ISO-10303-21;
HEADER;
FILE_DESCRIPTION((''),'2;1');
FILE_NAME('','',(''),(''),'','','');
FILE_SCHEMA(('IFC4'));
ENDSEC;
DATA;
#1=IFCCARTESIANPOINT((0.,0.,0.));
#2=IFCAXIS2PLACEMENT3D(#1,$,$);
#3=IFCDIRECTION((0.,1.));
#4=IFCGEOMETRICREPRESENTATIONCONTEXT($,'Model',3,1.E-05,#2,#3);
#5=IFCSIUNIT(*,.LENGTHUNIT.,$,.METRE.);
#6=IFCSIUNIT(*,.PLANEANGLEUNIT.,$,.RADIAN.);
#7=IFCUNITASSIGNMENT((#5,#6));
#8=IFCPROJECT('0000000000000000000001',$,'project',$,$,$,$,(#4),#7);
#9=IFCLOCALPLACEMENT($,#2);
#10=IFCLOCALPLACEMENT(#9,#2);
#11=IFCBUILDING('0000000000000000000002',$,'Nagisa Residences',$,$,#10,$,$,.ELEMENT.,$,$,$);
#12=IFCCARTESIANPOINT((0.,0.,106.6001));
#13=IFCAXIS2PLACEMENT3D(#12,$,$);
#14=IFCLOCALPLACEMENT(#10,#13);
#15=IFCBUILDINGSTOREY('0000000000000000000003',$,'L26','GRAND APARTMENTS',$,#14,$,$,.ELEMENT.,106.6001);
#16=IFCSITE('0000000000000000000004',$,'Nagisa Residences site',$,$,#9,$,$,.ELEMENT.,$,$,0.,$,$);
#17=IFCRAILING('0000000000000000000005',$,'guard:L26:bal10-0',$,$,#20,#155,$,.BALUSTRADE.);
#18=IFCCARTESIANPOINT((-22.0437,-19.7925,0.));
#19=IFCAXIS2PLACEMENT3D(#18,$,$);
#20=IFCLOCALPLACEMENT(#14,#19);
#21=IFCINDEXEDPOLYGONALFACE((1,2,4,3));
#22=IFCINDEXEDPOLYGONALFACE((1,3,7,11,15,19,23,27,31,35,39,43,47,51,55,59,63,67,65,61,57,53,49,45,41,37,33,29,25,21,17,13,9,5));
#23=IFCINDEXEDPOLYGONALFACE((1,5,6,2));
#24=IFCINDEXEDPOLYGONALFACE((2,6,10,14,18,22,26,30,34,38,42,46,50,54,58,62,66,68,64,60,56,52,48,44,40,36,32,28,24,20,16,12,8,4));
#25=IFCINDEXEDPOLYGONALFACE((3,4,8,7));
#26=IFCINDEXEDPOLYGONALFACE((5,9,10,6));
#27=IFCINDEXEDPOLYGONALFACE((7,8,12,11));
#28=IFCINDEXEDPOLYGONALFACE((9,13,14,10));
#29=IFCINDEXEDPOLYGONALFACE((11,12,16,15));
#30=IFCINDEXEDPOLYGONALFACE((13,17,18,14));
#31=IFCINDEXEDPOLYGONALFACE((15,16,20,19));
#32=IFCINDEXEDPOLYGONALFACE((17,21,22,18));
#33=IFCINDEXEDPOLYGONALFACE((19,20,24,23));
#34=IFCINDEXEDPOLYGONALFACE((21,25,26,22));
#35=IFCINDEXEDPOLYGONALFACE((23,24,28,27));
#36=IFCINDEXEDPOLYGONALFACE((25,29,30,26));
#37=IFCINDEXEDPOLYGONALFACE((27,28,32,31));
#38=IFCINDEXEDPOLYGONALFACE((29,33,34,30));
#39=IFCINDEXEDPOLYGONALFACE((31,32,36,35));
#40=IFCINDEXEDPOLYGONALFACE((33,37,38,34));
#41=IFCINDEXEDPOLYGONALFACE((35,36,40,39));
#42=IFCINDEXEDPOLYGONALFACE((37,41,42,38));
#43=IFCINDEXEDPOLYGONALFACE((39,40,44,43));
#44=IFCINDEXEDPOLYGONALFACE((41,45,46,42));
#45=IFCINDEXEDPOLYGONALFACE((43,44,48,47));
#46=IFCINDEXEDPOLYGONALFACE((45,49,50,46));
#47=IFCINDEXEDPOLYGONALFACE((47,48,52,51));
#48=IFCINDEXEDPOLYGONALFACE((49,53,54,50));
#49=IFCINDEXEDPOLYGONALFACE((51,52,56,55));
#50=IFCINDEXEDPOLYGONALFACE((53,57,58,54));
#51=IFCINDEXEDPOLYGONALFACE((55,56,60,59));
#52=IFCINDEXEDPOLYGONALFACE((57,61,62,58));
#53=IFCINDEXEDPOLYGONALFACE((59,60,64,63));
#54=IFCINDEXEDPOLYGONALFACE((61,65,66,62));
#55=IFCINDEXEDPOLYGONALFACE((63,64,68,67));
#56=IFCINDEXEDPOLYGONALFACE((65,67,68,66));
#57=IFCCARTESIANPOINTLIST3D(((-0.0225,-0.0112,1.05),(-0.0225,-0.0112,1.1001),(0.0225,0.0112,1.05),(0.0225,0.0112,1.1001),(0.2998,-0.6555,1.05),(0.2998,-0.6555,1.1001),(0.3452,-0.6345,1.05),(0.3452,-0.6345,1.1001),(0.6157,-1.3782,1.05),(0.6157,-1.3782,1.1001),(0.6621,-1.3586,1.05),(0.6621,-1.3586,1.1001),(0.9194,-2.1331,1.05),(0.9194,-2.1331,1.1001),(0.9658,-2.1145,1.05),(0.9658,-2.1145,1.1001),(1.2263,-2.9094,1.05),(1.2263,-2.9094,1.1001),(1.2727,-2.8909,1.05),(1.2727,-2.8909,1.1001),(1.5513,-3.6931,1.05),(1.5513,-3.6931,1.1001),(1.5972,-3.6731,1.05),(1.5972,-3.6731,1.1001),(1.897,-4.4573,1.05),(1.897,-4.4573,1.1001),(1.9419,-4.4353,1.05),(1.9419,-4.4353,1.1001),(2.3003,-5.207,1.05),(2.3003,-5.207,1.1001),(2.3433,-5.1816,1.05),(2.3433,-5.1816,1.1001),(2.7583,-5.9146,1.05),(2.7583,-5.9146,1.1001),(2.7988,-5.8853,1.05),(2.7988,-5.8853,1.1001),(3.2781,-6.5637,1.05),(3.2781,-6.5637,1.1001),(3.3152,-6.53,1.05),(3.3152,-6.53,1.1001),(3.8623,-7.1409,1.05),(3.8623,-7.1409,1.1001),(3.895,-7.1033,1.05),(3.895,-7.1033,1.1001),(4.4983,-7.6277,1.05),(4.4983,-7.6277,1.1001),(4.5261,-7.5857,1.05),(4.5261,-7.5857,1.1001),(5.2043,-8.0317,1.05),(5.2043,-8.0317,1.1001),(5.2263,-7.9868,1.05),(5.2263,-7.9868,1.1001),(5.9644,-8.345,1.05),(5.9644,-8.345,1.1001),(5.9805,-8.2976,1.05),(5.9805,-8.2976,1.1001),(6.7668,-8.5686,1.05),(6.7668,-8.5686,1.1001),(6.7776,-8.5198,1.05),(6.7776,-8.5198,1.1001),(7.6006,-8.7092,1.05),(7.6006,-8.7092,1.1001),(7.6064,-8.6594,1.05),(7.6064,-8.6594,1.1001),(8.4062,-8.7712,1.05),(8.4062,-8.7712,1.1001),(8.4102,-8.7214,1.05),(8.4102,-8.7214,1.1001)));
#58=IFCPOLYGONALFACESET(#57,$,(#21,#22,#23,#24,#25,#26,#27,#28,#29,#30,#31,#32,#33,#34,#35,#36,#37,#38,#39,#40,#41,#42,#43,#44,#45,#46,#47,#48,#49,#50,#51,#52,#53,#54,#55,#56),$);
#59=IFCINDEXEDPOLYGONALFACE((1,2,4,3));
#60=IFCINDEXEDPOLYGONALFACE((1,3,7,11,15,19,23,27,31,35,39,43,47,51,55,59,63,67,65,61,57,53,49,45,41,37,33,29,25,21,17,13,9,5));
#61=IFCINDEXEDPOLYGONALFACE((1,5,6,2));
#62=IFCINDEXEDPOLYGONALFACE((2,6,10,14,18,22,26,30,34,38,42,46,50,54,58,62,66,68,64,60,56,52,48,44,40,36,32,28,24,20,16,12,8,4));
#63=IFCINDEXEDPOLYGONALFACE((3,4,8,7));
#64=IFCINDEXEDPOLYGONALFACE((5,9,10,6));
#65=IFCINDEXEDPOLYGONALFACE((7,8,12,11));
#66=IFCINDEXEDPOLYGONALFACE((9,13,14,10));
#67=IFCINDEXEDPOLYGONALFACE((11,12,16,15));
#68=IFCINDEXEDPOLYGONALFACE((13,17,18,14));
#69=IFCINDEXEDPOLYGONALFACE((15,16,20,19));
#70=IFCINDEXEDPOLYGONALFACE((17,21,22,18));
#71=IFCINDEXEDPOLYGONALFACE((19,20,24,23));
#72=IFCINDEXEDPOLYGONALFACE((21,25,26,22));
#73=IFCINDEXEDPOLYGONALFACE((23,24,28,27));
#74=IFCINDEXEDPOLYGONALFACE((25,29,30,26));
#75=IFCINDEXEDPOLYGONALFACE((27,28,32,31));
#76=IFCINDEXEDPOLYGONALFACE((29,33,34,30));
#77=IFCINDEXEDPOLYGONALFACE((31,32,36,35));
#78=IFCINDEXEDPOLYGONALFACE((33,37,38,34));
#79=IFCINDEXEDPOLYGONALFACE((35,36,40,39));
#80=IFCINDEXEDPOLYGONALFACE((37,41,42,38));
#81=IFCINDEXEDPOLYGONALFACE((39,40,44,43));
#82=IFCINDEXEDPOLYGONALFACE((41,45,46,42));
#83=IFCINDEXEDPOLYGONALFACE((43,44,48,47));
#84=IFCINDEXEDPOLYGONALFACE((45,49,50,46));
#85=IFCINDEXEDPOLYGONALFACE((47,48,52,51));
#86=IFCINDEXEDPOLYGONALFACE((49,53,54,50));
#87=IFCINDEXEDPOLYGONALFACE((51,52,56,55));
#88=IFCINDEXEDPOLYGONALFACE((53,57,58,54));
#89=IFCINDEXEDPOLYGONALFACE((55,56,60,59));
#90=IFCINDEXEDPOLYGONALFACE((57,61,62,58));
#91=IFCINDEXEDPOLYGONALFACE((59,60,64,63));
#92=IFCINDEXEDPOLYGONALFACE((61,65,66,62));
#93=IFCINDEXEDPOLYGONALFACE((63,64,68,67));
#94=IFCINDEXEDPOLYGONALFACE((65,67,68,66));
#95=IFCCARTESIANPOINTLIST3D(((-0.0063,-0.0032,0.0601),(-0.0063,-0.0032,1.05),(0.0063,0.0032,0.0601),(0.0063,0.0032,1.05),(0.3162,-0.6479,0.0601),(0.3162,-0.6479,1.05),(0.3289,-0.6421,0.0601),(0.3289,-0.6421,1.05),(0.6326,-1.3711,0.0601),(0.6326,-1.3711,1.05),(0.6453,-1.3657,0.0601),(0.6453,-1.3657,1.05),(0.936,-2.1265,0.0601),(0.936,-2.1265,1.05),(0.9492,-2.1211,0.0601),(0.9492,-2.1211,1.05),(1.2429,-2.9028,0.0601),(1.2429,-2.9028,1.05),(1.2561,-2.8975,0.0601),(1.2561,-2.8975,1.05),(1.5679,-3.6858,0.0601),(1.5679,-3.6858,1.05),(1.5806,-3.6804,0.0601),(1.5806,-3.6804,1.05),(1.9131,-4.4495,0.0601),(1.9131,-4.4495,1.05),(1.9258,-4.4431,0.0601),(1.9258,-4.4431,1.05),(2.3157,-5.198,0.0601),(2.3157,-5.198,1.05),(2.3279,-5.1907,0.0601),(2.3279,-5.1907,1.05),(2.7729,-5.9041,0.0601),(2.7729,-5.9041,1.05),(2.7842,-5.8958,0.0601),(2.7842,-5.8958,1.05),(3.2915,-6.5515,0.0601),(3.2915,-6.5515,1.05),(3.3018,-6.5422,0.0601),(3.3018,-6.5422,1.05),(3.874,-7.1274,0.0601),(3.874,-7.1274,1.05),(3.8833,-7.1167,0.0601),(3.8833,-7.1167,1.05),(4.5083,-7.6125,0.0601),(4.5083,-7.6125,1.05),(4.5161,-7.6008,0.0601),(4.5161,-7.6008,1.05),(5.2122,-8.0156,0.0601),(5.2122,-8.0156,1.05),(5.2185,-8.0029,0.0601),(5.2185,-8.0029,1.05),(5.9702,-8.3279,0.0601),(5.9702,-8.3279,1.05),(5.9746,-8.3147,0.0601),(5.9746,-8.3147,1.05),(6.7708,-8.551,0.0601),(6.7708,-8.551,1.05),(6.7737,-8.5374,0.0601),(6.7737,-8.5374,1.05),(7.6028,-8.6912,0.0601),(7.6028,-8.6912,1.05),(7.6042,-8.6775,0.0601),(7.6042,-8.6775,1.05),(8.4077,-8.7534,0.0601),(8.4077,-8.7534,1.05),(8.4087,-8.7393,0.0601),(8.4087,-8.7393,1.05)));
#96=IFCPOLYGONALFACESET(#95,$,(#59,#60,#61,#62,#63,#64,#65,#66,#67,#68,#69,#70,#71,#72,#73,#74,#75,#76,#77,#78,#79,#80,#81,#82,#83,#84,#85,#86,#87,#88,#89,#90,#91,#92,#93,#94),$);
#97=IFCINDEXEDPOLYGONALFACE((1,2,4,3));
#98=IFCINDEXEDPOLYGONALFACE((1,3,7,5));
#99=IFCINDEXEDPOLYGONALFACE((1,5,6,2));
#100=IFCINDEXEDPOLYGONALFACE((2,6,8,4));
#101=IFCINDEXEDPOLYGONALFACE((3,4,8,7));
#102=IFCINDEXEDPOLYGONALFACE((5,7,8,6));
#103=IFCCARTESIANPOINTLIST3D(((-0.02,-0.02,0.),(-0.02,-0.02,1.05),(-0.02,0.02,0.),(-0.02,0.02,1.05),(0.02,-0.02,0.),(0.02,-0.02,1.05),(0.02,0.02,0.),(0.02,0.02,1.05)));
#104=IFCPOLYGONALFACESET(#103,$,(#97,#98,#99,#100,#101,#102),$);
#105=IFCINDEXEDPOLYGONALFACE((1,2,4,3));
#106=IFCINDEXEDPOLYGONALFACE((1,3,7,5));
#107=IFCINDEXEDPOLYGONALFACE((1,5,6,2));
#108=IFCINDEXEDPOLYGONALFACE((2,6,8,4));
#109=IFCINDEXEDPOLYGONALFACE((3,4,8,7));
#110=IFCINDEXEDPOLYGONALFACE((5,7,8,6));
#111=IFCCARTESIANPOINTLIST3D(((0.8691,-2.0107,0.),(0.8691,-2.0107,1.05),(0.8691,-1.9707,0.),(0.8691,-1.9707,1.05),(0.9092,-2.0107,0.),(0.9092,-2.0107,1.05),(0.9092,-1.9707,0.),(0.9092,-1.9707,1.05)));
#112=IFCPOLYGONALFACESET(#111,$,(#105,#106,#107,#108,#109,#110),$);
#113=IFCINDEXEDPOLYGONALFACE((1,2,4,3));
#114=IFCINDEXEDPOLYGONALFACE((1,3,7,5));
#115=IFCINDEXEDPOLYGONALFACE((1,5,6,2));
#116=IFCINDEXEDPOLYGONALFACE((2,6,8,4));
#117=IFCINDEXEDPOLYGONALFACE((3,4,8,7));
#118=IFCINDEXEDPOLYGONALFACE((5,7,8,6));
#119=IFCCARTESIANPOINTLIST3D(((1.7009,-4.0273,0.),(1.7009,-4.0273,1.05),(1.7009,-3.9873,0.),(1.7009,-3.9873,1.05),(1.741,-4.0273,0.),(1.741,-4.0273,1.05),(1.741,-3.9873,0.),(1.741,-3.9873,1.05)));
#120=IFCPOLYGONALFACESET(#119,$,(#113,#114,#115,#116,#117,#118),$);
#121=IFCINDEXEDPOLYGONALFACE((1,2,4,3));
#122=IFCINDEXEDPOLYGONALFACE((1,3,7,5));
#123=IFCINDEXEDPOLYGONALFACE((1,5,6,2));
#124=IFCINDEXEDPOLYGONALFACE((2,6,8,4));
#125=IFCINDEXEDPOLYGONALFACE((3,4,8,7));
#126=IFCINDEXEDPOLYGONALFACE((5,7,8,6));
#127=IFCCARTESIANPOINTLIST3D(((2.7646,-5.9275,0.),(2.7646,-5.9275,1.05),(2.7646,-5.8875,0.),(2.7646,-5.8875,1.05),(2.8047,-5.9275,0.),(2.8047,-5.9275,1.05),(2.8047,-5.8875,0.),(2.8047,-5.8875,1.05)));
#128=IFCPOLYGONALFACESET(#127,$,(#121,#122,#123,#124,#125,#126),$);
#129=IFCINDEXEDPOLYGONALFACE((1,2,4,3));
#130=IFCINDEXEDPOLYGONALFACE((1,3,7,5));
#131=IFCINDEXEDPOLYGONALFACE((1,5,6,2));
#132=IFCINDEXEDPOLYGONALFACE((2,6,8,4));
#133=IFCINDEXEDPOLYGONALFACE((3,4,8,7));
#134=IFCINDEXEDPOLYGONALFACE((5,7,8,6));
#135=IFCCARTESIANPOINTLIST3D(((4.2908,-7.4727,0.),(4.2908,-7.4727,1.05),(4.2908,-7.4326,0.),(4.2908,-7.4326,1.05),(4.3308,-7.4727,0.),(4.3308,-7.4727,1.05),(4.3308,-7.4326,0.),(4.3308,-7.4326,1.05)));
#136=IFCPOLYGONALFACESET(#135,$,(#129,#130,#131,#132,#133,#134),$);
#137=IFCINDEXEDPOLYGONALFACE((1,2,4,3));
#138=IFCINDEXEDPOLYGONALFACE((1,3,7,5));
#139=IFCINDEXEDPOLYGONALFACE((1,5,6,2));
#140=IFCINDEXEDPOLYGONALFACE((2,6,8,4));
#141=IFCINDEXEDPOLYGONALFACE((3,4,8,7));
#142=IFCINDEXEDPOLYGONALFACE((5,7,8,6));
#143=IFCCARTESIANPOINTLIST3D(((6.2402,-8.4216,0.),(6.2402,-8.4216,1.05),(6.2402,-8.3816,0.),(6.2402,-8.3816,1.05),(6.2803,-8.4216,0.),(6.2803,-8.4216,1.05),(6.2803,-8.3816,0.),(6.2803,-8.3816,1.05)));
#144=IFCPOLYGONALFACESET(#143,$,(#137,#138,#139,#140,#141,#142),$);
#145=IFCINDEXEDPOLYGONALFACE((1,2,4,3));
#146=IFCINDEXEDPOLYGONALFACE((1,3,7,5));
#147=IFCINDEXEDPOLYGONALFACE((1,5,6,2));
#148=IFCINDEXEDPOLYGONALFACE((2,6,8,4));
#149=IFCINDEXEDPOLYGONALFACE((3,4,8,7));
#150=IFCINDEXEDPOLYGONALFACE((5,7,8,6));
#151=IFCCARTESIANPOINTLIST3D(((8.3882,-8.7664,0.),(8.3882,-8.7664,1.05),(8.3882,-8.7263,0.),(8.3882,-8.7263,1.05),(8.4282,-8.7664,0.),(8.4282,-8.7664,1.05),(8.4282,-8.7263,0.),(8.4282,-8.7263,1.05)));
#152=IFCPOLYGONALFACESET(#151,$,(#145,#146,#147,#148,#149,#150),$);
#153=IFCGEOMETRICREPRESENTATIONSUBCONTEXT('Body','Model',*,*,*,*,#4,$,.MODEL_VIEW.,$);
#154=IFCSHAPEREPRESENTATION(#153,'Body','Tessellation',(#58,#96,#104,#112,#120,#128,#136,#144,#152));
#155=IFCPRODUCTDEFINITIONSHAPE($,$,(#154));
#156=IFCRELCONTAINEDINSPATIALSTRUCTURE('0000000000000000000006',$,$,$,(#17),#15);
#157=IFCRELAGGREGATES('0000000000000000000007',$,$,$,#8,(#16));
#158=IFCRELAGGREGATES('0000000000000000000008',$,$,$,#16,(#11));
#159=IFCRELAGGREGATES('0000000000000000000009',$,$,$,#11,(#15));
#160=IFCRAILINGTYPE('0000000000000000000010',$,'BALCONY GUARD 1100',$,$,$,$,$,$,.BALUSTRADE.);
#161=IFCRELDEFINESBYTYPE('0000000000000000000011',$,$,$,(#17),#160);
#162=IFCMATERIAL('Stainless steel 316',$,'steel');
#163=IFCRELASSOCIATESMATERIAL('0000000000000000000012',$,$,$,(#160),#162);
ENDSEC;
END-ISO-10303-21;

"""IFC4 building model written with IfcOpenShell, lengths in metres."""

from ifc_helpers import new_model, si_unit, direction, frame, origin, origin_2d, place, context, subcontext, project, spatial, polyline, rectangle, outline, extrude, material, type_object, element, save


model = new_model("IFC4")

# Units and contexts
model_context = context("Model", 3, precision=1e-05, world=origin(), true_north=direction((0.0, 1.0)))
body_context = subcontext(model_context, "Body", "Model", "MODEL_VIEW")
ifc_project = project(units=[si_unit("LENGTHUNIT", "METRE"), si_unit("PLANEANGLEUNIT", "RADIAN")], contexts=[model_context])

# Site, building, storey
site_placement = place(None, origin())
site = spatial("IfcSite", under=ifc_project, at=site_placement, Name="Nagisa Residences site", CompositionType="ELEMENT", RefElevation=0.0)
building_placement = place(site_placement, origin())
building = spatial("IfcBuilding", under=site, at=building_placement, Name="Nagisa Residences", CompositionType="ELEMENT")
storey_placement = place(building_placement, frame((0.0, 0.0, 106.6001)))
storey = spatial("IfcBuildingStorey", under=building, at=storey_placement, Name="L26", Description="GRAND APARTMENTS", CompositionType="ELEMENT", Elevation=106.6001)

# Railing
ifc_material_1 = material(Name="Stainless steel 316", Category="steel")
railing_type = type_object("IfcRailingType", Name="BALCONY GUARD 1100", PredefinedType="BALUSTRADE", material=ifc_material_1)
railing_1_placement = place(storey_placement, frame((-22.0437, -19.7925, 0.0)))
element("IfcRailing", 1, at=railing_1_placement, inside=storey, type_object=railing_type, Name="guard:L26:bal10-0", PredefinedType="BALUSTRADE", context=body_context, shape_type="SweptSolid", body=[
    extrude(outline(polyline([(0.3452, -0.6345), (0.0225, 0.0112), (-0.0225, -0.0112), (0.2998, -0.6555), (0.6157, -1.3782), (0.9194, -2.1331), (1.2263, -2.9094), (1.5513, -3.6931), (1.897, -4.4573), (2.3003, -5.207), (2.7583, -5.9146), (3.2781, -6.5637), (3.8623, -7.1409), (4.4983, -7.6277), (5.2043, -8.0317), (5.9644, -8.345), (6.7668, -8.5686), (7.6006, -8.7092), (8.4062, -8.7712), (8.4102, -8.7214), (7.6064, -8.6594), (6.7776, -8.5198), (5.9805, -8.2976), (5.2263, -7.9868), (4.5261, -7.5857), (3.895, -7.1033), (3.3152, -6.53), (2.7988, -5.8853), (2.3433, -5.1816), (1.9419, -4.4353), (1.5972, -3.6731), (1.2727, -2.8909), (0.9658, -2.1145), (0.6621, -1.3586), (0.3452, -0.6345)])), frame((0.0, 0.0, 1.05)), (0.0, 0.0, 1.0), 0.05),
    extrude(outline(polyline([(0.3289, -0.6421), (0.0063, 0.0032), (-0.0063, -0.0032), (0.3162, -0.6479), (0.6326, -1.3711), (0.936, -2.1265), (1.2429, -2.9028), (1.5679, -3.6858), (1.9131, -4.4495), (2.3157, -5.198), (2.7729, -5.9041), (3.2915, -6.5515), (3.874, -7.1274), (4.5083, -7.6125), (5.2122, -8.0156), (5.9702, -8.3279), (6.7708, -8.551), (7.6028, -8.6912), (8.4077, -8.7534), (8.4087, -8.7393), (7.6042, -8.6775), (6.7737, -8.5374), (5.9746, -8.3147), (5.2185, -8.0029), (4.5161, -7.6008), (3.8833, -7.1167), (3.3018, -6.5422), (2.7842, -5.8958), (2.3279, -5.1907), (1.9258, -4.4431), (1.5806, -3.6804), (1.2561, -2.8975), (0.9492, -2.1211), (0.6453, -1.3657), (0.3289, -0.6421)])), frame((0.0, 0.0, 0.0601)), (0.0, 0.0, 1.0), 0.99),
    extrude(rectangle(XDim=0.04, YDim=0.04, at=origin_2d()), origin(), (0.0, 0.0, 1.0), 1.05),
    extrude(rectangle(XDim=0.04, YDim=0.04, at=origin_2d()), frame((0.8892, -1.9907, 0.0)), (0.0, 0.0, 1.0), 1.05),
    extrude(rectangle(XDim=0.04, YDim=0.04, at=origin_2d()), frame((1.7209, -4.0073, 0.0)), (0.0, 0.0, 1.0), 1.05),
    extrude(rectangle(XDim=0.04, YDim=0.04, at=origin_2d()), frame((2.7847, -5.9075, 0.0)), (0.0, 0.0, 1.0), 1.05),
    extrude(rectangle(XDim=0.04, YDim=0.04, at=origin_2d()), frame((4.3108, -7.4526, 0.0)), (0.0, 0.0, 1.0), 1.05),
    extrude(rectangle(XDim=0.04, YDim=0.04, at=origin_2d()), frame((6.2603, -8.4016, 0.0)), (0.0, 0.0, 1.0), 1.05),
    extrude(rectangle(XDim=0.04, YDim=0.04, at=origin_2d()), frame((8.4082, -8.7463, 0.0)), (0.0, 0.0, 1.0), 1.05),
])

save(model, "model.ifc")
